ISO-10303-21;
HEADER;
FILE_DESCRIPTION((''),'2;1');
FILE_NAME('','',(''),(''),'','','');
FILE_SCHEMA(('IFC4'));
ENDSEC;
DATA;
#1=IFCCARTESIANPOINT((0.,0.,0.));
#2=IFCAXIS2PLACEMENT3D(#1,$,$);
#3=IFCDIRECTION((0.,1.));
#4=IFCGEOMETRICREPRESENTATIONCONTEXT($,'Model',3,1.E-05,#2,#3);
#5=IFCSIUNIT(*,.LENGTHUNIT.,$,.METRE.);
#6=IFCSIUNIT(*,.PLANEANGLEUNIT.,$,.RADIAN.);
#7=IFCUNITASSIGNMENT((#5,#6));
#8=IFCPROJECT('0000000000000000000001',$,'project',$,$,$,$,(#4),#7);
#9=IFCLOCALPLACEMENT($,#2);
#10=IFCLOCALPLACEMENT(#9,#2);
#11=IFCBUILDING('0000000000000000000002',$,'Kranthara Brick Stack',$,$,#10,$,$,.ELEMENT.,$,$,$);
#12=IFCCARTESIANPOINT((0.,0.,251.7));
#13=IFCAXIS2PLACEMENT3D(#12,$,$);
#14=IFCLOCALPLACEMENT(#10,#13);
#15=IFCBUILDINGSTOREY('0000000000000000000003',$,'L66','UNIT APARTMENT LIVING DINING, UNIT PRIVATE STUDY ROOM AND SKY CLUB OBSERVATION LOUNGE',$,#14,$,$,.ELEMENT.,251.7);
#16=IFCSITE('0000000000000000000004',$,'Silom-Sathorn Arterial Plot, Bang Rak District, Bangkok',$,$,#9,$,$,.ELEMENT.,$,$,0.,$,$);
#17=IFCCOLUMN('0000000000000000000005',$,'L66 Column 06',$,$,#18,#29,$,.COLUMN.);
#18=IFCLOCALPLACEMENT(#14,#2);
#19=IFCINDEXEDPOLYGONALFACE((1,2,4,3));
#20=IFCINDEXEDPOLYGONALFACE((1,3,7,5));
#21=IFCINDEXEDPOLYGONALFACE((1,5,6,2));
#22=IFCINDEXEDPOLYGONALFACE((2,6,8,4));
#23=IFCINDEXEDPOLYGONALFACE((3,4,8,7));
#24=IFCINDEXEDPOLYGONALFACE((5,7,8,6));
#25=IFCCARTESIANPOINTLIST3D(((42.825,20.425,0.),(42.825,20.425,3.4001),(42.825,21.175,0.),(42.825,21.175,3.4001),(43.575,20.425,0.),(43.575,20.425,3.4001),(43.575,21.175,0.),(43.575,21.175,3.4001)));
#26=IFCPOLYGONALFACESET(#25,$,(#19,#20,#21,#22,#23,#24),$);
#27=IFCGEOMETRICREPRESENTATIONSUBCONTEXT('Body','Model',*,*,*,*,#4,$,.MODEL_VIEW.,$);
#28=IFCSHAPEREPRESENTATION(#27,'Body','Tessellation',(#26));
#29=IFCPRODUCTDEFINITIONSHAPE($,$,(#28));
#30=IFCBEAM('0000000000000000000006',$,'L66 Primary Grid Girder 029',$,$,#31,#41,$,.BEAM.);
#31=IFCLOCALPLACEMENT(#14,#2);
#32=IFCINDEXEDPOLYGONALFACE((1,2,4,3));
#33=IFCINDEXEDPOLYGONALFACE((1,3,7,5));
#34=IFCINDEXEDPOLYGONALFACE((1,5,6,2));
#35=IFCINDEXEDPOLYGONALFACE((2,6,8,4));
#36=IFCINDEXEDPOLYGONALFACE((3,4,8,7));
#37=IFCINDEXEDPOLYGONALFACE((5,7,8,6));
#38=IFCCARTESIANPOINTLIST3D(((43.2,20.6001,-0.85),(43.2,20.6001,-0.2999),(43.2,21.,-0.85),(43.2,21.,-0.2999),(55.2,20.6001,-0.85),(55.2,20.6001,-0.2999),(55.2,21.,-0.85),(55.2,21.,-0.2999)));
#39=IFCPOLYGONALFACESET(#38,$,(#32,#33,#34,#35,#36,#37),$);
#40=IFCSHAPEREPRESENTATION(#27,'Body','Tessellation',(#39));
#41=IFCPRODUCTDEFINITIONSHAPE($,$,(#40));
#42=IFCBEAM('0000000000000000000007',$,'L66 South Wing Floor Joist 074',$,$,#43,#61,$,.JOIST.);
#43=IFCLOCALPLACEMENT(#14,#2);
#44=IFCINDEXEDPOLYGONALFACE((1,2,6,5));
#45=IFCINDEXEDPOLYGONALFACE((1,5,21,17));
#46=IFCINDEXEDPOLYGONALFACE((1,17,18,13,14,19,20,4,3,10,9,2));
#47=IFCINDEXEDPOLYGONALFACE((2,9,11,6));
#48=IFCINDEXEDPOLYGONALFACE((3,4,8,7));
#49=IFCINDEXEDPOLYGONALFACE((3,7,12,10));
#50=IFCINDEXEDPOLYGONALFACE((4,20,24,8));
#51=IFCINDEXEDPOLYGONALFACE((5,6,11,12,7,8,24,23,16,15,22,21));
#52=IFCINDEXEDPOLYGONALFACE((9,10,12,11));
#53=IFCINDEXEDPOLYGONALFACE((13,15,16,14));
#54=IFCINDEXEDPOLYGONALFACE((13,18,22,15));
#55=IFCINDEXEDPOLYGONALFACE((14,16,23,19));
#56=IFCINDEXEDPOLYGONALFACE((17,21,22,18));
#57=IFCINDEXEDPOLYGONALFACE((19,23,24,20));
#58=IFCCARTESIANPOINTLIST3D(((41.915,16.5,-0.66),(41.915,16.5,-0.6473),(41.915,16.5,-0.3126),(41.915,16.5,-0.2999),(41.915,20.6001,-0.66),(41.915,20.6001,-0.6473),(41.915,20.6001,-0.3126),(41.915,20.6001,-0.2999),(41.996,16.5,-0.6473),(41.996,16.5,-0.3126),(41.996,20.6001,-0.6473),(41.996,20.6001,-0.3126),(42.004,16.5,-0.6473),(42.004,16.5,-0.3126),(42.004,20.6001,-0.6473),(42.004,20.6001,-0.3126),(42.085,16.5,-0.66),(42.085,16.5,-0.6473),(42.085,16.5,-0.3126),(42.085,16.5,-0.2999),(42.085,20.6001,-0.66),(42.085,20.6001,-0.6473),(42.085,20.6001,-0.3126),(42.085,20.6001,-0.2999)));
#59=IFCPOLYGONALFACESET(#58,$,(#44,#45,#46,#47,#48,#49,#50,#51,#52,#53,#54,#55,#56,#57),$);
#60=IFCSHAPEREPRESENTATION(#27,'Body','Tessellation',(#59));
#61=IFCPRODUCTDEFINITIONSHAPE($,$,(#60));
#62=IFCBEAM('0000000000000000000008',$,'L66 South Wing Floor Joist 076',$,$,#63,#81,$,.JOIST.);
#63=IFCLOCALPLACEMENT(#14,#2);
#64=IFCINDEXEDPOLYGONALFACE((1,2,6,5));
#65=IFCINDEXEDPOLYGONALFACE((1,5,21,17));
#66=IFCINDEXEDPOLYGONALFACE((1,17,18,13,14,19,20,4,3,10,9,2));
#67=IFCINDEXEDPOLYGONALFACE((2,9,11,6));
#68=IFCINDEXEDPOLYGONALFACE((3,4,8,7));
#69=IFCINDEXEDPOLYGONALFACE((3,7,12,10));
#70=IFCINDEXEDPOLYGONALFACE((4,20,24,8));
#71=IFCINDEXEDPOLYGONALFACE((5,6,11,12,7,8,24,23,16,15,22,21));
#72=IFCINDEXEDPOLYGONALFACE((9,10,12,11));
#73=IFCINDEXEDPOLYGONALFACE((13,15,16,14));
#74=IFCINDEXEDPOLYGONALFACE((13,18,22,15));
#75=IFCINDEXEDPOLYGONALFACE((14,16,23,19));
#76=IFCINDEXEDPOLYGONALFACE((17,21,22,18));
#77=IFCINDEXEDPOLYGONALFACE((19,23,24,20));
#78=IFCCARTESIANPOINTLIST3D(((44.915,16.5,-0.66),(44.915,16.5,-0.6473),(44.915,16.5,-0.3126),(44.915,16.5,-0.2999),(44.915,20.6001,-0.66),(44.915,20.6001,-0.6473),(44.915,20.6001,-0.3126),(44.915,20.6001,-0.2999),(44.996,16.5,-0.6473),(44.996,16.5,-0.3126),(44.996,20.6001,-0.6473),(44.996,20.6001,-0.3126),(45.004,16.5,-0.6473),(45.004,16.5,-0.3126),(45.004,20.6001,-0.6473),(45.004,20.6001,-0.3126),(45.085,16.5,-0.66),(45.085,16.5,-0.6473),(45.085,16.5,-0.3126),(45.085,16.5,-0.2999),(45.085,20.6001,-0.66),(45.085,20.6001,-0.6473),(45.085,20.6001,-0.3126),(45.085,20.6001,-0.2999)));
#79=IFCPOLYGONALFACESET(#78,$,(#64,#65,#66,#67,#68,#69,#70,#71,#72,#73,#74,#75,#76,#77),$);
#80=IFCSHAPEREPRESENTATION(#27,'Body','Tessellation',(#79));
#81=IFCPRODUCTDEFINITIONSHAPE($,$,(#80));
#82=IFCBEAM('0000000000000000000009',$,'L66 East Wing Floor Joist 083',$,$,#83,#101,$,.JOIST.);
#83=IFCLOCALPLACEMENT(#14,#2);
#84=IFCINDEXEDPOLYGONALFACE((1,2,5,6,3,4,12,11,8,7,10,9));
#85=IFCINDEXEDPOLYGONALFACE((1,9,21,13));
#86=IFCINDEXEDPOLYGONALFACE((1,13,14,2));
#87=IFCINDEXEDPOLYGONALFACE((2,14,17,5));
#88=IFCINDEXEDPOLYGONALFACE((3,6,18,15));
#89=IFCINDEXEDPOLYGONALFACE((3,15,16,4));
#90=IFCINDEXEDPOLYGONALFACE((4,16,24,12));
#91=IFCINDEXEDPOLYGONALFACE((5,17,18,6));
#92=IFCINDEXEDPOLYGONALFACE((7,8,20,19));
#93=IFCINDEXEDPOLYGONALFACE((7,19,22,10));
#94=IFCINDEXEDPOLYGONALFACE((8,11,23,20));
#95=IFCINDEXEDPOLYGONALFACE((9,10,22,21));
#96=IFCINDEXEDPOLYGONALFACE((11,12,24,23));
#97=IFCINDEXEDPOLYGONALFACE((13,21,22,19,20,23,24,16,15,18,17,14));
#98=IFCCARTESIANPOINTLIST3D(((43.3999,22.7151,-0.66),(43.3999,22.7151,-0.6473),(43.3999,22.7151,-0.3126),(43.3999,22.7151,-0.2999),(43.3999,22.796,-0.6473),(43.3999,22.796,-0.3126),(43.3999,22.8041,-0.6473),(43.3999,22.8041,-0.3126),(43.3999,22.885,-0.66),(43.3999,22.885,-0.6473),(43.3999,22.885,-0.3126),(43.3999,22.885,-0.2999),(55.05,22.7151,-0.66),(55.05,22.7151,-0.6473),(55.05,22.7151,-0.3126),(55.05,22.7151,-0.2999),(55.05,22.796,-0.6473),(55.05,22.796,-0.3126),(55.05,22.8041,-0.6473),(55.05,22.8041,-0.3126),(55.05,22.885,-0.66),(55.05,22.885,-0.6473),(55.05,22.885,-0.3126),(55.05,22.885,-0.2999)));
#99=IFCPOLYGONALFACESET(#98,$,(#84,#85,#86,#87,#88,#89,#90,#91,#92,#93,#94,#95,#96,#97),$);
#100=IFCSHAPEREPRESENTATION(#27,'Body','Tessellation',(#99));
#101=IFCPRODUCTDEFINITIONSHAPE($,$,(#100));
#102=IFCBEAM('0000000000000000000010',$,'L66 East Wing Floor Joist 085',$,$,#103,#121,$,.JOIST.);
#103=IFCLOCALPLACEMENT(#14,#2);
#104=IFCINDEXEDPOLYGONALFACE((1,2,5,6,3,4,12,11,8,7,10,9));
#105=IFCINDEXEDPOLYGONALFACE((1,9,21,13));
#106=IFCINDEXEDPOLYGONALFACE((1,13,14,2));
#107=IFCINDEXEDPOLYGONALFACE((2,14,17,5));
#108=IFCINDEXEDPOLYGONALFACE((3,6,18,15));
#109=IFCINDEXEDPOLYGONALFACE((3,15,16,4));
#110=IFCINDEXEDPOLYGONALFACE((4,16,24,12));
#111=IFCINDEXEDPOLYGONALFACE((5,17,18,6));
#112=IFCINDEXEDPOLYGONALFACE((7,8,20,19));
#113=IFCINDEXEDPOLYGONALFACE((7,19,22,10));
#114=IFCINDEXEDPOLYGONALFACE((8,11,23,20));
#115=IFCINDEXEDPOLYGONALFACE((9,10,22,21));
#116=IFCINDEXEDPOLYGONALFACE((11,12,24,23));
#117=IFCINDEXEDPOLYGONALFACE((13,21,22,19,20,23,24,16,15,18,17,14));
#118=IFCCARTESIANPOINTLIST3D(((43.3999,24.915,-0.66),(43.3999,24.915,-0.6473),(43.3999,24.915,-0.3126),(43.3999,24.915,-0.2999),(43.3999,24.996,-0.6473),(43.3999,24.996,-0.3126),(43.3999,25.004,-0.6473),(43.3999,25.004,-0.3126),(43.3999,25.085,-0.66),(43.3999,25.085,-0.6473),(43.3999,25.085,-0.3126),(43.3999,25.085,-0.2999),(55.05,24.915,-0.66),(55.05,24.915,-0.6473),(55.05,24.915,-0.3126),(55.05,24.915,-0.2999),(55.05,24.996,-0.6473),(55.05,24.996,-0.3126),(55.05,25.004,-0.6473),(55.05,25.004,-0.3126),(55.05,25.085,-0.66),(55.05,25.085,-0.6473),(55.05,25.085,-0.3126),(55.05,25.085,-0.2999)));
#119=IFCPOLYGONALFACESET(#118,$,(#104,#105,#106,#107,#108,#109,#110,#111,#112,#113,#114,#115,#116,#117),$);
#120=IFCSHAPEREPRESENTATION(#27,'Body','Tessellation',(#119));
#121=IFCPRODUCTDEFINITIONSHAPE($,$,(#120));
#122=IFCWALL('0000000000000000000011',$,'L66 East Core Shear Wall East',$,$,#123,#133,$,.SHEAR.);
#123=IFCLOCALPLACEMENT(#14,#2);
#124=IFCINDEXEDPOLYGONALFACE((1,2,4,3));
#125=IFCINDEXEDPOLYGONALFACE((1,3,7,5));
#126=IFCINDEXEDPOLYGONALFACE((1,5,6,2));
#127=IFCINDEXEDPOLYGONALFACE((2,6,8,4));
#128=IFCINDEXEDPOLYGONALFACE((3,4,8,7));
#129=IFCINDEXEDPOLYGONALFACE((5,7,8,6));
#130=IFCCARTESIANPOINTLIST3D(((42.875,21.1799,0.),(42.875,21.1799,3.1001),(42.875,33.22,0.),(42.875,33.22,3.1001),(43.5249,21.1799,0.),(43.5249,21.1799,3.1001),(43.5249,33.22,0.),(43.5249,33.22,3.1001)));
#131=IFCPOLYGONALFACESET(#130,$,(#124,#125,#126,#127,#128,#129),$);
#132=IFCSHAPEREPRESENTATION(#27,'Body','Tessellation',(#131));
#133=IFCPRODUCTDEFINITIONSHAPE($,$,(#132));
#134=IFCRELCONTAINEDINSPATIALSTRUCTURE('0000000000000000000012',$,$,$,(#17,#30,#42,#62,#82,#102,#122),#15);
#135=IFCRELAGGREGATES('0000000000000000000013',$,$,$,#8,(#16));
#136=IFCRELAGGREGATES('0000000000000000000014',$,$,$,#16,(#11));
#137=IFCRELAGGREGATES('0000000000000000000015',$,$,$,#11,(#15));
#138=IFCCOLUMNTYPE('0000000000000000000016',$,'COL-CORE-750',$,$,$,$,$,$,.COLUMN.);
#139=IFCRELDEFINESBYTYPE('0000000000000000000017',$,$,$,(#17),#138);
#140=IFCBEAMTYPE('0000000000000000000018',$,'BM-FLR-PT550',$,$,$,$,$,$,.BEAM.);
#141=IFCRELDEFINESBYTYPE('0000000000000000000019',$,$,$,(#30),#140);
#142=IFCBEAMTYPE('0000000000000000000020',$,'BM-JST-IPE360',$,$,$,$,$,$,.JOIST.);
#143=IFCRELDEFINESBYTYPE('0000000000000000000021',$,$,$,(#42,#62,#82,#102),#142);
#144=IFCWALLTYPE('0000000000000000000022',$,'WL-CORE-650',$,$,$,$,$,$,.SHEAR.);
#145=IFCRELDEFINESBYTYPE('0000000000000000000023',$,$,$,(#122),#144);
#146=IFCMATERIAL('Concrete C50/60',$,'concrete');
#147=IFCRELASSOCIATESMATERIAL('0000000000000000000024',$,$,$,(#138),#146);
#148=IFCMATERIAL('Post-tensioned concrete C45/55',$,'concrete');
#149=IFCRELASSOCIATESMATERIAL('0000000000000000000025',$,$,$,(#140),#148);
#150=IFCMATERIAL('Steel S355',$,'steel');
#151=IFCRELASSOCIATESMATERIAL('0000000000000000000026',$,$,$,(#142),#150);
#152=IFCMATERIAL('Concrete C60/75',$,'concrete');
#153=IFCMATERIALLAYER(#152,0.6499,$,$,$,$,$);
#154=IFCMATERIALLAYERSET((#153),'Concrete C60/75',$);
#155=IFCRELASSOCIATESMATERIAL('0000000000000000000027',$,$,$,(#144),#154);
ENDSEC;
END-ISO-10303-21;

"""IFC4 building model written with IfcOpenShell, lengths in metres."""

from ifc_helpers import new_model, si_unit, direction, frame, frame_2d, origin, origin_2d, place, context, subcontext, project, spatial, rectangle, i_section, extrude, material, layer, layer_set, material_profile, profile_set, type_object, element, save


model = new_model("IFC4")

# Units and contexts
model_context = context("Model", 3, precision=1e-05, world=origin(), true_north=direction((0.0, 1.0)))
body_context = subcontext(model_context, "Body", "Model", "MODEL_VIEW")
ifc_project = project(units=[si_unit("LENGTHUNIT", "METRE"), si_unit("PLANEANGLEUNIT", "RADIAN")], contexts=[model_context])

# Site, building, storey
site_placement = place(None, origin())
site = spatial("IfcSite", under=ifc_project, at=site_placement, Name="Silom-Sathorn Arterial Plot, Bang Rak District, Bangkok", CompositionType="ELEMENT", RefElevation=0.0)
building_placement = place(site_placement, origin())
building = spatial("IfcBuilding", under=site, at=building_placement, Name="Kranthara Brick Stack", CompositionType="ELEMENT")
storey_placement = place(building_placement, frame((0.0, 0.0, 251.7)))
storey = spatial("IfcBuildingStorey", under=building, at=storey_placement, Name="L66", Description="UNIT APARTMENT LIVING DINING, UNIT PRIVATE STUDY ROOM AND SKY CLUB OBSERVATION LOUNGE", CompositionType="ELEMENT", Elevation=251.7)

# Column
ifc_material_1 = material(Name="Concrete C50/60", Category="concrete")
ifc_material_profile_1 = material_profile(ifc_material_1, rectangle(XDim=0.75, YDim=0.75, at=origin_2d()), Name="RC 750x750")
ifc_profile_set_1 = profile_set([ifc_material_profile_1], Name="Concrete C50/60")
column_type = type_object("IfcColumnType", Name="COL-CORE-750", PredefinedType="COLUMN", material=ifc_profile_set_1)
column_placement = place(storey_placement, frame((43.2, 20.8, 0.0), z_axis=(0.0, 0.0, 1.0), x_axis=(1.0, 0.0, 0.0)))
element("IfcColumn", 1, at=column_placement, inside=storey, type_object=column_type, Name="L66 Column 06", PredefinedType="COLUMN", context=body_context, shape_type="SweptSolid", body=[
    extrude(rectangle(XDim=0.75, YDim=0.75, at=origin_2d()), origin(), (0.0, 0.0, 1.0), 3.4001),
])

# Beams
ifc_material_2 = material(Name="Post-tensioned concrete C45/55", Category="concrete")
ifc_material_profile_2 = material_profile(ifc_material_2, rectangle(XDim=0.3999, YDim=0.55, at=origin_2d()), Name="PT 400x550")
ifc_profile_set_2 = profile_set([ifc_material_profile_2], Name="Post-tensioned concrete C45/55")
beam_type_1 = type_object("IfcBeamType", Name="BM-FLR-PT550", PredefinedType="BEAM", material=ifc_profile_set_2)
beam_placement = place(storey_placement, frame((43.2, 20.8, -0.575), z_axis=(1.0, 0.0, 0.0), x_axis=(0.0, 1.0, 0.0)))
element("IfcBeam", 2, at=beam_placement, inside=storey, type_object=beam_type_1, Name="L66 Primary Grid Girder 029", PredefinedType="BEAM", context=body_context, shape_type="SweptSolid", body=[
    extrude(rectangle(XDim=0.3999, YDim=0.55, at=origin_2d()), origin(), (0.0, 0.0, 1.0), 12.0),
])
ifc_material_3 = material(Name="Steel S355", Category="steel")
ifc_material_profile_3 = material_profile(ifc_material_3, i_section(OverallWidth=0.1699, OverallDepth=0.3601, WebThickness=0.0081, FlangeThickness=0.0127, at=origin_2d()), Name="IPE 360")
ifc_profile_set_3 = profile_set([ifc_material_profile_3], Name="Steel S355")
beam_type_2 = type_object("IfcBeamType", Name="BM-JST-IPE360", PredefinedType="JOIST", material=ifc_profile_set_3)
for number, where, z_axis, x_axis, name in (
    (3, (42.0, 16.5, -0.48), (0.0, 1.0, 0.0), (-1.0, 0.0, 0.0), "L66 South Wing Floor Joist 074"),
    (4, (45.0, 16.5, -0.48), (0.0, 1.0, 0.0), (-1.0, 0.0, 0.0), "L66 South Wing Floor Joist 076"),
):
    element("IfcBeam", number, at=place(storey_placement, frame(where, z_axis=z_axis, x_axis=x_axis)), inside=storey, type_object=beam_type_2, Name=name, PredefinedType="JOIST", context=body_context, shape_type="SweptSolid", body=[
        extrude(i_section(OverallWidth=0.1699, OverallDepth=0.3601, WebThickness=0.0081, FlangeThickness=0.0127, at=origin_2d()), origin(), (0.0, 0.0, 1.0), 4.1001),
    ])
for number, where, z_axis, x_axis, name in (
    (5, (43.3999, 22.8, -0.48), (1.0, 0.0, 0.0), (0.0, 1.0, 0.0), "L66 East Wing Floor Joist 083"),
    (6, (43.3999, 25.0, -0.48), (1.0, 0.0, 0.0), (0.0, 1.0, 0.0), "L66 East Wing Floor Joist 085"),
):
    element("IfcBeam", number, at=place(storey_placement, frame(where, z_axis=z_axis, x_axis=x_axis)), inside=storey, type_object=beam_type_2, Name=name, PredefinedType="JOIST", context=body_context, shape_type="SweptSolid", body=[
        extrude(i_section(OverallWidth=0.1699, OverallDepth=0.3601, WebThickness=0.0081, FlangeThickness=0.0127, at=origin_2d()), origin(), (0.0, 0.0, 1.0), 11.6501),
    ])

# Wall
ifc_material_4 = material(Name="Concrete C60/75", Category="concrete")
ifc_layer_1 = layer(ifc_material_4, 0.6499)
ifc_layer_set_1 = layer_set([ifc_layer_1], Name="Concrete C60/75")
wall_type_1 = type_object("IfcWallType", Name="WL-CORE-650", PredefinedType="SHEAR", material=ifc_layer_set_1)
wall_1_placement = place(storey_placement, frame((43.2, 21.1799, 0.0), z_axis=(0.0, 0.0, 1.0), x_axis=(0.0, 1.0, 0.0)))
element("IfcWall", 7, at=wall_1_placement, inside=storey, type_object=wall_type_1, Name="L66 East Core Shear Wall East", PredefinedType="SHEAR", context=body_context, shape_type="SweptSolid", body=[
    extrude(rectangle(XDim=12.04, YDim=0.6499, at=frame_2d((6.02, 0.0))), origin(), (0.0, 0.0, 1.0), 3.1001),
])

save(model, "model.ifc")
